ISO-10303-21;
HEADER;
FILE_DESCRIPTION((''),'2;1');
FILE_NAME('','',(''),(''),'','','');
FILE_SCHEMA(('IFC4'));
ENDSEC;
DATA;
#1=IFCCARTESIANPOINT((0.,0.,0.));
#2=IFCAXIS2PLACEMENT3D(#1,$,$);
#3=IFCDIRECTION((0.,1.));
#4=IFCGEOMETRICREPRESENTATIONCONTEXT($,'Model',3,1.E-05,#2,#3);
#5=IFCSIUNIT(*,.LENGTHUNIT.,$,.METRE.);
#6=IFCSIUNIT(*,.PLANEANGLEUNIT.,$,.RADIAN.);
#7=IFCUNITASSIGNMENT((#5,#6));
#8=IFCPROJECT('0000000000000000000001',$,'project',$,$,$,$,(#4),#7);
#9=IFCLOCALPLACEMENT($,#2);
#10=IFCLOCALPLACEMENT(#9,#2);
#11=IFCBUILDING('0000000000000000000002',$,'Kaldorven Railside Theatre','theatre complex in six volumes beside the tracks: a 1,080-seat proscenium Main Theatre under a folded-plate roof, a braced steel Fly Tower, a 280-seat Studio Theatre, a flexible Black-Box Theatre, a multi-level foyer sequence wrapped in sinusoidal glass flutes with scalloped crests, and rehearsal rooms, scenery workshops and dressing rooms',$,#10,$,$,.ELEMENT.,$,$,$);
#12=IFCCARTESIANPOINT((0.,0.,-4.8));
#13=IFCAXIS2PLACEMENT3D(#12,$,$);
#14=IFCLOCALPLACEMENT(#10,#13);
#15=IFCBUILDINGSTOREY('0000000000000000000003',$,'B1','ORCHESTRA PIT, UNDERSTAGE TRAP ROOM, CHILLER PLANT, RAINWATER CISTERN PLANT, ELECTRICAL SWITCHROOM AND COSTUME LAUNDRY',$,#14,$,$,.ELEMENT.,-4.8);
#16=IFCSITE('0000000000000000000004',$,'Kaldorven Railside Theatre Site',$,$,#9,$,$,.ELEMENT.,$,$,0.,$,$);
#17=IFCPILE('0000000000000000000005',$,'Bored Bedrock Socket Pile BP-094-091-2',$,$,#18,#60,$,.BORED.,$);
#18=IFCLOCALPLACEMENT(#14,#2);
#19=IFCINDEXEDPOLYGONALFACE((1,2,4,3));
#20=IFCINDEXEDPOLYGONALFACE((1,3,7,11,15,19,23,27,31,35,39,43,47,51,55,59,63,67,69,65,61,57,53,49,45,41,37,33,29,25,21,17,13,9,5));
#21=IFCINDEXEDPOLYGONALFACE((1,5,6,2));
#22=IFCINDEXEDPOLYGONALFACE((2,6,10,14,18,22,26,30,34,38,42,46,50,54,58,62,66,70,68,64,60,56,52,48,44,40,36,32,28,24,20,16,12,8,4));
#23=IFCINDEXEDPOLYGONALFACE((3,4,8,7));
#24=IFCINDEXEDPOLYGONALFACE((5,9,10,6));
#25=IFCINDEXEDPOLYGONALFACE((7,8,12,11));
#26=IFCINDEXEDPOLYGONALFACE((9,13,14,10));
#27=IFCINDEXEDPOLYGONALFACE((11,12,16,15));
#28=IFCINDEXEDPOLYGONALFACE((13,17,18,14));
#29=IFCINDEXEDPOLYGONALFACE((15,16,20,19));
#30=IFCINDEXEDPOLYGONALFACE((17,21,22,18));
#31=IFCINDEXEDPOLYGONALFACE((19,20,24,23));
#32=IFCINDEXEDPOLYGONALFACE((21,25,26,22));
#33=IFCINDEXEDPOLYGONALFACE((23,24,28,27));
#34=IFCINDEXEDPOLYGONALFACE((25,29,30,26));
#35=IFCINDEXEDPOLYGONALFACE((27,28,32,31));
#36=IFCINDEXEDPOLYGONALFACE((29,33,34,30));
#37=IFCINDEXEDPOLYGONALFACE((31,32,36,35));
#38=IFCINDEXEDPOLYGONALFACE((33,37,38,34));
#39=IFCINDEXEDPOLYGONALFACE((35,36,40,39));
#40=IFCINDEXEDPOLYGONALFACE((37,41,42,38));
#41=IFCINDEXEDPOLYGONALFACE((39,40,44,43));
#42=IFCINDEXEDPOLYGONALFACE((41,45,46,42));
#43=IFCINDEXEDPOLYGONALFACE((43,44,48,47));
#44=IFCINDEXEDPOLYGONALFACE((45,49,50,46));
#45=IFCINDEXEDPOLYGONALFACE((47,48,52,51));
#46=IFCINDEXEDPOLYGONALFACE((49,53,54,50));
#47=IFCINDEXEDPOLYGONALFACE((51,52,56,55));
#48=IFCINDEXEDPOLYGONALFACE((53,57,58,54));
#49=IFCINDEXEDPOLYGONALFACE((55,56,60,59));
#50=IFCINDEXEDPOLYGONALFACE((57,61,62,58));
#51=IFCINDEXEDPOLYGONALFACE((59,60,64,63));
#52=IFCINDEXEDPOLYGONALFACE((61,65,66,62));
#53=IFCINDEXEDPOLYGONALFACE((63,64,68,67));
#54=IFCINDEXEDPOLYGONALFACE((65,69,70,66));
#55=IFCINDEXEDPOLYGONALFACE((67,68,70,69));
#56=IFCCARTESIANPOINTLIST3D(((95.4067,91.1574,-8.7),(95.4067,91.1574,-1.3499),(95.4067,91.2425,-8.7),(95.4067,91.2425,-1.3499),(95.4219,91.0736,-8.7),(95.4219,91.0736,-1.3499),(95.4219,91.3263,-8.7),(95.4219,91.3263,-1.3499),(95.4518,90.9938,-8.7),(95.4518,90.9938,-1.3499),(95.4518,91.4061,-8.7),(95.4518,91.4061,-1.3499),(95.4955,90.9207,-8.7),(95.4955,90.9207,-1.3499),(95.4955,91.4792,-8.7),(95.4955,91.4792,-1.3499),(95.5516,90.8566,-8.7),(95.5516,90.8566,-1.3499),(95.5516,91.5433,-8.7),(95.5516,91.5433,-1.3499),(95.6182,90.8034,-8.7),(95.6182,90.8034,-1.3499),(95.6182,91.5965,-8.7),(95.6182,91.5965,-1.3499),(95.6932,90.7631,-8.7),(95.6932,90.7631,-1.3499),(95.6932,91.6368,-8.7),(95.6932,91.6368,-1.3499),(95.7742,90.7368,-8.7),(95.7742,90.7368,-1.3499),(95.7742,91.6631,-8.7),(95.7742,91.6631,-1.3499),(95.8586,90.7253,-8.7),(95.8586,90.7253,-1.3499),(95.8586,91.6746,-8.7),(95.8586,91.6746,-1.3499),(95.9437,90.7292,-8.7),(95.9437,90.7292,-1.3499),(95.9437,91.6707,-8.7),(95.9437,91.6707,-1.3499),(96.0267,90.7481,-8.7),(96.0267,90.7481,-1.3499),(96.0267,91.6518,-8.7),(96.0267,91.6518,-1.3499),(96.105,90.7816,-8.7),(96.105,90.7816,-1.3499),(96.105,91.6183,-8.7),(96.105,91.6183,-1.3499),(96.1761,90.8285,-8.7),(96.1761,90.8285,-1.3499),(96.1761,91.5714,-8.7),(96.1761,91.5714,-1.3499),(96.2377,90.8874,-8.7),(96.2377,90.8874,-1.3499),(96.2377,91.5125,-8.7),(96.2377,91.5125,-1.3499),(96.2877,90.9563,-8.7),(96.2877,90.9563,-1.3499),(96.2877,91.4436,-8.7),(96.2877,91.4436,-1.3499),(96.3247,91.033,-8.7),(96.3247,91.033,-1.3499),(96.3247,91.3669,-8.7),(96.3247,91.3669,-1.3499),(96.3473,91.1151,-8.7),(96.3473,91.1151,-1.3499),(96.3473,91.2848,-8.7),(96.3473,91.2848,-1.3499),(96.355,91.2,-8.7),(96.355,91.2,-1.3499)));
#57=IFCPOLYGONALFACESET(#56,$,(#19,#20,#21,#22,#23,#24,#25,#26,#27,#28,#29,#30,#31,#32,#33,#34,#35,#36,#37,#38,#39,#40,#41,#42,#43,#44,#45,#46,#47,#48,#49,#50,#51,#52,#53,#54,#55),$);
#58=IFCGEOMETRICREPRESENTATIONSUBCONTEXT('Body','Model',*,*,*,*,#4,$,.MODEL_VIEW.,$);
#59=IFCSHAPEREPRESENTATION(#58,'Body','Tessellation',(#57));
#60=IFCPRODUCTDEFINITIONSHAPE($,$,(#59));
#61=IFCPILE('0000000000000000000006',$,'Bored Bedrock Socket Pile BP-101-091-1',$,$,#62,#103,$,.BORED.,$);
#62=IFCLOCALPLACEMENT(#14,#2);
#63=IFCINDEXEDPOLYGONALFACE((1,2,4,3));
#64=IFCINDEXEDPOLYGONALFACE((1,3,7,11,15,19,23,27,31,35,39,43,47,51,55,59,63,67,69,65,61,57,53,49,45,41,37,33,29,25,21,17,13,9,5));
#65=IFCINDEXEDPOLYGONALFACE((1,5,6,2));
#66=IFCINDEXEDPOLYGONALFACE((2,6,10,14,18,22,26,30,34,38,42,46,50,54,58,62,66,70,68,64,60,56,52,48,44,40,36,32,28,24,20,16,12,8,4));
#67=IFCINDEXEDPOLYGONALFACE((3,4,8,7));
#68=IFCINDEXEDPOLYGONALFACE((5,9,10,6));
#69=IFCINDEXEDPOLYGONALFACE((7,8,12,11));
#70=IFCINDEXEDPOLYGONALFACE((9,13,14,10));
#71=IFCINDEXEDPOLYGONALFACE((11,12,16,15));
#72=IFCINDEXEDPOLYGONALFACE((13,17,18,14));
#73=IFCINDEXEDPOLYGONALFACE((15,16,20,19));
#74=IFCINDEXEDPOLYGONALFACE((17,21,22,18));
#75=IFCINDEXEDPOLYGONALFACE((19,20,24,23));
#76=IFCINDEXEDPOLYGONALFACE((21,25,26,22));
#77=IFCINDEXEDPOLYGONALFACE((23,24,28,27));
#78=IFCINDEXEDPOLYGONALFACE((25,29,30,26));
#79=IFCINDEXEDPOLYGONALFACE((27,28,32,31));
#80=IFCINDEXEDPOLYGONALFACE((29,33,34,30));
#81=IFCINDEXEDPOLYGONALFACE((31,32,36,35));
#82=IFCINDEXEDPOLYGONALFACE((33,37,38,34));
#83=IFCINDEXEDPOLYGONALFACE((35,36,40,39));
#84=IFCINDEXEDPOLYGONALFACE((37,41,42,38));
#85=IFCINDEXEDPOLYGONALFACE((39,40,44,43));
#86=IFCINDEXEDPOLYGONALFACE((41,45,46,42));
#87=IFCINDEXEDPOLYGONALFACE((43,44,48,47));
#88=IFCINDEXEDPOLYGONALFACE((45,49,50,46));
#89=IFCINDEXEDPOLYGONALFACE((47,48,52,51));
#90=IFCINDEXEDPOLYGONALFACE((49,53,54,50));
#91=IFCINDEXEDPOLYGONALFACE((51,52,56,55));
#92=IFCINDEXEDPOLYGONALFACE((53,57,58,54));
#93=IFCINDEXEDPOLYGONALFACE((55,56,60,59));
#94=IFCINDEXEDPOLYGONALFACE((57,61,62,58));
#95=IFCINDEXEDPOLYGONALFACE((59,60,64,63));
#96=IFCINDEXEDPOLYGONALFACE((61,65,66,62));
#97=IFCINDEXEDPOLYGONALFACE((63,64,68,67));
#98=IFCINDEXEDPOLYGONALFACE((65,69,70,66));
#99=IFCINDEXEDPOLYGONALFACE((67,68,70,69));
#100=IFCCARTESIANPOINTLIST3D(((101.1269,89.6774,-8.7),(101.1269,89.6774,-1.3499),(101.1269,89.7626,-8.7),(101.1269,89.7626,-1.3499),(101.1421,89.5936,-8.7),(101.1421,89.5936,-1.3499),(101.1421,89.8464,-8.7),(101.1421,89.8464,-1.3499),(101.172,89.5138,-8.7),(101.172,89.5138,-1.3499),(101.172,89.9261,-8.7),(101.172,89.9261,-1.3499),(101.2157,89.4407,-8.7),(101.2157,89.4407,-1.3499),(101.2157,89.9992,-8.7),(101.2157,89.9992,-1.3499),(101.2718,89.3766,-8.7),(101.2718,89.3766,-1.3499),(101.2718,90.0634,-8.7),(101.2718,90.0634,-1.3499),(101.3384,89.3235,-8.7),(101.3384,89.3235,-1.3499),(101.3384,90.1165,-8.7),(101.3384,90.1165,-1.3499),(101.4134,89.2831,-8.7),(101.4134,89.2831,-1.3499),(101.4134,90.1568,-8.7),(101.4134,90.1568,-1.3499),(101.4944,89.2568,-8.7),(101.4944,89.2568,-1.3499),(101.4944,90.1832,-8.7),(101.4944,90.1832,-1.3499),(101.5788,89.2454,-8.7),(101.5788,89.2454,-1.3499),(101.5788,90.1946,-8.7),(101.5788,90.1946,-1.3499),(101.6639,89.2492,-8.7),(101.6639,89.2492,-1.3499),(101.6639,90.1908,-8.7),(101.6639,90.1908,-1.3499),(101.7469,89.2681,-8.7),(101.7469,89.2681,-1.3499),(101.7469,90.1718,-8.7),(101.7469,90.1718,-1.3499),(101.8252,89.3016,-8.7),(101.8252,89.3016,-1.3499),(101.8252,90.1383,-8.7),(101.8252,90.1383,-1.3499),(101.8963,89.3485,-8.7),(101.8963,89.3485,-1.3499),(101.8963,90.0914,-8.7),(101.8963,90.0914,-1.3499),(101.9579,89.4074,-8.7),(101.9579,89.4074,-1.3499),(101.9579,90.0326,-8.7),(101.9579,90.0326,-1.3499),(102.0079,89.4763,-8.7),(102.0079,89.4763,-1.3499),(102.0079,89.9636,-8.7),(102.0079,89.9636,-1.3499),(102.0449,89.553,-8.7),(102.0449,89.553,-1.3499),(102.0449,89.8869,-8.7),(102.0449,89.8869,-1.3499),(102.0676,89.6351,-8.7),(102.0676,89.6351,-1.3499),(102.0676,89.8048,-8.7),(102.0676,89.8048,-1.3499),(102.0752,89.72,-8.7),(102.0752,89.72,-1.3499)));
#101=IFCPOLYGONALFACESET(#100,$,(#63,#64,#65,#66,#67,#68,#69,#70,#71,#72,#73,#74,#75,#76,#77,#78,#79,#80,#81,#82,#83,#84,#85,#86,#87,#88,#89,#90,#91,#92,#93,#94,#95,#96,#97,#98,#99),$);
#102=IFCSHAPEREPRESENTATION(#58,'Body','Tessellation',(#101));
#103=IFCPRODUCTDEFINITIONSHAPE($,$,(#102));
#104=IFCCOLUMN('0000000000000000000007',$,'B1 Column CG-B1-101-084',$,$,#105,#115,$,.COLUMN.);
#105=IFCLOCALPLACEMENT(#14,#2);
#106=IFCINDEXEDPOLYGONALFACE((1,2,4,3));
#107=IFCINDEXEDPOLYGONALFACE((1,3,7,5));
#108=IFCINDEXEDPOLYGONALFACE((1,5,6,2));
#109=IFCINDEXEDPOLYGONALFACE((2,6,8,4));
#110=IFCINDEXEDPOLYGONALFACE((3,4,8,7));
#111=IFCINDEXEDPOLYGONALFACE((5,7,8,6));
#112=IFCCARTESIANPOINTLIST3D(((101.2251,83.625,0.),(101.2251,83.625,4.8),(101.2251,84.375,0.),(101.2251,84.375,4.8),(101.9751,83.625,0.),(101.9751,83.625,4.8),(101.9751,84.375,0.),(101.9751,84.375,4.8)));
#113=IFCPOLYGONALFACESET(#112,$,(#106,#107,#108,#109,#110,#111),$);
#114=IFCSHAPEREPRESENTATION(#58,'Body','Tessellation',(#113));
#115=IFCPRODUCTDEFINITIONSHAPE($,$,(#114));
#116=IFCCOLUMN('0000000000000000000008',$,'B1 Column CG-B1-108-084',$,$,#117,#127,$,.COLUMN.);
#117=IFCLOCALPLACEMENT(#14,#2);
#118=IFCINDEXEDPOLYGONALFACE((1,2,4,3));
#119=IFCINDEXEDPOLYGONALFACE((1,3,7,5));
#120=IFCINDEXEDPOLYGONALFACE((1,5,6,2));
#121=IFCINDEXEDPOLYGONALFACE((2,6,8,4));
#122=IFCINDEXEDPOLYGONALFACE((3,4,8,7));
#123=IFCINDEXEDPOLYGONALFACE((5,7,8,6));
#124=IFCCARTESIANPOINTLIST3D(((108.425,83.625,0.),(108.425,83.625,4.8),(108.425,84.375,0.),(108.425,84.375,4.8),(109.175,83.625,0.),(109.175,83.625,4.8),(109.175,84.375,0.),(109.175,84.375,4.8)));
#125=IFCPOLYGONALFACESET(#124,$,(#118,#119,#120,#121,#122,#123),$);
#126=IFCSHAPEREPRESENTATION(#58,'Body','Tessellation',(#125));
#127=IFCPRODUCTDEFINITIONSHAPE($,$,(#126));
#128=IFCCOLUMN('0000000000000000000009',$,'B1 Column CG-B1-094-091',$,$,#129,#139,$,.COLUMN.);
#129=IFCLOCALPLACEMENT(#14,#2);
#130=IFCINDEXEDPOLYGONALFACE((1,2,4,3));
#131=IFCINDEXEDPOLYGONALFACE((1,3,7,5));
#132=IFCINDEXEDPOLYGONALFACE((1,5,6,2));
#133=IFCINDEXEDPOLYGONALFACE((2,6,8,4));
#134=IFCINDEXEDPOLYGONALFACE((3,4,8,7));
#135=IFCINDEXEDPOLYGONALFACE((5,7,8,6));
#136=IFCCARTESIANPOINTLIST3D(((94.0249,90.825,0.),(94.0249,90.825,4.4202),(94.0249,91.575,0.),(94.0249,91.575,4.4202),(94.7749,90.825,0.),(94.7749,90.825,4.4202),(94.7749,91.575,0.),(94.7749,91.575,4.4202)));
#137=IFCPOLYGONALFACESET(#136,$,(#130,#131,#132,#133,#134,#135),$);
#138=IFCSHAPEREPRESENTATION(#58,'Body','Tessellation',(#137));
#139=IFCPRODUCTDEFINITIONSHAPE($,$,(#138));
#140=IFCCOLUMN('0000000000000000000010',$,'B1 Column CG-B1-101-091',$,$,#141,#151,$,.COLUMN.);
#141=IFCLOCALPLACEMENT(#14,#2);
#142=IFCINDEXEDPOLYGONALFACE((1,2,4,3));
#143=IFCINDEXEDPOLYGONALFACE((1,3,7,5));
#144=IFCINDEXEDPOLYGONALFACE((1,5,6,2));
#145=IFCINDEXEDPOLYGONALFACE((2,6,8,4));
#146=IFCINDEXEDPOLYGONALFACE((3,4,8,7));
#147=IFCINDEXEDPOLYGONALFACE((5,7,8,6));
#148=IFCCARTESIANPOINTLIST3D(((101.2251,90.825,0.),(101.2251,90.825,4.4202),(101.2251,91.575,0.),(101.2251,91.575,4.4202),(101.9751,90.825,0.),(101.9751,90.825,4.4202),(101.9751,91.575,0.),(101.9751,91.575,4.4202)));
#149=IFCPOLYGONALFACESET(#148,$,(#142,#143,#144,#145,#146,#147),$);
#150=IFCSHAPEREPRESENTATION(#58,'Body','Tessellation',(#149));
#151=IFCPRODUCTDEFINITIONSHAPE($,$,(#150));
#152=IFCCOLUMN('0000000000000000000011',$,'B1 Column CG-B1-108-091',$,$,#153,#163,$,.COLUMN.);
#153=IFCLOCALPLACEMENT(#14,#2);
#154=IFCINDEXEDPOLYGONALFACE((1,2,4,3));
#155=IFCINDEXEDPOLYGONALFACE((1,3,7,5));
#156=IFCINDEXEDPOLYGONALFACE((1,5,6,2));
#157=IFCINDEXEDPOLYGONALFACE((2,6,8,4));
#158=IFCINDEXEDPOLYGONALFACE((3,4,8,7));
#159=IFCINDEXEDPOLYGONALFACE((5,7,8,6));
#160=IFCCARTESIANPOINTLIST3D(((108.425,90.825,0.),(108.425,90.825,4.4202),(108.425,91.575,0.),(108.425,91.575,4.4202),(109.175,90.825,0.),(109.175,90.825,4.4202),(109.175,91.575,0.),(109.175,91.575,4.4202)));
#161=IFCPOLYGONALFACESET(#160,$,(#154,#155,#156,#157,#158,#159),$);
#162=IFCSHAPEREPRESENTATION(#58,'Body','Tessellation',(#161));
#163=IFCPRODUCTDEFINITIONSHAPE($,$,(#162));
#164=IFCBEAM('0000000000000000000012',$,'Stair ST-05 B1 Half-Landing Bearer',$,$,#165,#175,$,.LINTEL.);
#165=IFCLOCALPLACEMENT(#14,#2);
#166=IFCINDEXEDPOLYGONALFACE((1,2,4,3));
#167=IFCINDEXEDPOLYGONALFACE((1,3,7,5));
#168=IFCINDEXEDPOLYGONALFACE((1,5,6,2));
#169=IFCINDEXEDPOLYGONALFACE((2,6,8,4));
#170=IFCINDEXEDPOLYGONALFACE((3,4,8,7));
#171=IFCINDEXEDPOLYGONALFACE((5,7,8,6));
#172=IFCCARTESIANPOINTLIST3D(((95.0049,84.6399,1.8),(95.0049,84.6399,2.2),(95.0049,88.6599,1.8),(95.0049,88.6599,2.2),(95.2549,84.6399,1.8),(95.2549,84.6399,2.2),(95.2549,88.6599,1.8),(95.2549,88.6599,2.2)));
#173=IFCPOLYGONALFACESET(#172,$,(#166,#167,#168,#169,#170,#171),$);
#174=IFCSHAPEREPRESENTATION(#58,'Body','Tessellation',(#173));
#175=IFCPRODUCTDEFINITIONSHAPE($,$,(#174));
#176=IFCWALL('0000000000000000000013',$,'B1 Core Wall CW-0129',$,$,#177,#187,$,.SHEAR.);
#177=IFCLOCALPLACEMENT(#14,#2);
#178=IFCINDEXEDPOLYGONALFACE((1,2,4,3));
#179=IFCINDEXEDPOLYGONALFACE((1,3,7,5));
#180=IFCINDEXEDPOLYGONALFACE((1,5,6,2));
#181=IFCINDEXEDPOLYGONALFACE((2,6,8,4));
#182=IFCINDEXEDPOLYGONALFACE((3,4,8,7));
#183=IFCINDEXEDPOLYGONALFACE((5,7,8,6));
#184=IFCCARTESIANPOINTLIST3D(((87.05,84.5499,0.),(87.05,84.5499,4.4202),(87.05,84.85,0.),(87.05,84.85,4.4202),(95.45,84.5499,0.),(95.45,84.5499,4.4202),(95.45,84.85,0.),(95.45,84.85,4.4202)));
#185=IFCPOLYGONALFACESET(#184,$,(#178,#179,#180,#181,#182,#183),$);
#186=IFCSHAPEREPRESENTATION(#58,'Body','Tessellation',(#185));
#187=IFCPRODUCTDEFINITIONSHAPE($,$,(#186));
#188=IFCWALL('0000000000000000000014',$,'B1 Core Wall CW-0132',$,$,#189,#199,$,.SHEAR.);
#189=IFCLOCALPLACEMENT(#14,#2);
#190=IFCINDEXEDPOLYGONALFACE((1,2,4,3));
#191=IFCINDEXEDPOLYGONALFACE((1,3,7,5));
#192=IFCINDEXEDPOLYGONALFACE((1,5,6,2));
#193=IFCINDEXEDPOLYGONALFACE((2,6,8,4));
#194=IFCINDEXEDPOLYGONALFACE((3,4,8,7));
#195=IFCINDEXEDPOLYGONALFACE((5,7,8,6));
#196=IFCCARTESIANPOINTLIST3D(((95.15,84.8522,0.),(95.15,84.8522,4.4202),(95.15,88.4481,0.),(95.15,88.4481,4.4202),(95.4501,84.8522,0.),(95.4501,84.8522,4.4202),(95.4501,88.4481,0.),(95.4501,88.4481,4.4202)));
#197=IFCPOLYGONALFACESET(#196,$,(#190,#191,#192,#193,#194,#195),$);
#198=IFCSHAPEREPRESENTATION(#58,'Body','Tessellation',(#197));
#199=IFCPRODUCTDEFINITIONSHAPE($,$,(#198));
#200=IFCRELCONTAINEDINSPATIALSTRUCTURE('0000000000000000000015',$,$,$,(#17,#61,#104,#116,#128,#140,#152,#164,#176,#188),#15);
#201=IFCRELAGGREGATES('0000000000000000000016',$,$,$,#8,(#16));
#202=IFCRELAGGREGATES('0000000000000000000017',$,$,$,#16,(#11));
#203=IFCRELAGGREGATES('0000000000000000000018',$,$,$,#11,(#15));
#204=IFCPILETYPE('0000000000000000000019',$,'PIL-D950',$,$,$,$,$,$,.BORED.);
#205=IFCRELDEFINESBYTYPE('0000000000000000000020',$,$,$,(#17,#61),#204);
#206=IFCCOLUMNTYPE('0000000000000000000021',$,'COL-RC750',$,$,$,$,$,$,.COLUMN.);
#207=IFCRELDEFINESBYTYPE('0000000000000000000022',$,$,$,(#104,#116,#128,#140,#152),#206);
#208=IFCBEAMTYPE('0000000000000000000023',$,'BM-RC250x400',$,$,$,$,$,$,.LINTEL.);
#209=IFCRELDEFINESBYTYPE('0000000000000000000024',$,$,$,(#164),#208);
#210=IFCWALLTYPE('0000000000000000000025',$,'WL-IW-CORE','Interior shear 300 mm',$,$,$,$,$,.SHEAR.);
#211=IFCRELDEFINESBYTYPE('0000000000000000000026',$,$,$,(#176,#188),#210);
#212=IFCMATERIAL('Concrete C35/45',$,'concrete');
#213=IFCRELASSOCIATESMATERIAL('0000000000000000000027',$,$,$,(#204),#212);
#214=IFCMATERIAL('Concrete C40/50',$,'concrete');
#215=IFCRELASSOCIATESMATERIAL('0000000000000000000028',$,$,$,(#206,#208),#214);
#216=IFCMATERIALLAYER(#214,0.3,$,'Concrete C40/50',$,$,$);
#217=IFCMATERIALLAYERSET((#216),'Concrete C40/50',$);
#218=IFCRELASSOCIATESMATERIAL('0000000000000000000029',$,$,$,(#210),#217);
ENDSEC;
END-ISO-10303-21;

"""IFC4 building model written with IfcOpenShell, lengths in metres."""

from ifc_helpers import new_model, si_unit, direction, frame, frame_2d, origin, origin_2d, place, context, subcontext, project, spatial, rectangle, circle, extrude, material, layer, layer_set, material_profile, profile_set, type_object, element, save


model = new_model("IFC4")

# Units and contexts
model_context = context("Model", 3, precision=1e-05, world=origin(), true_north=direction((0.0, 1.0)))
body_context = subcontext(model_context, "Body", "Model", "MODEL_VIEW")
ifc_project = project(units=[si_unit("LENGTHUNIT", "METRE"), si_unit("PLANEANGLEUNIT", "RADIAN")], contexts=[model_context])

# Site, building, storey
site_placement = place(None, origin())
site = spatial("IfcSite", under=ifc_project, at=site_placement, Name="Kaldorven Railside Theatre Site", CompositionType="ELEMENT", RefElevation=0.0)
building_placement = place(site_placement, origin())
building = spatial("IfcBuilding", under=site, at=building_placement, Name="Kaldorven Railside Theatre", Description="theatre complex in six volumes beside the tracks: a 1,080-seat proscenium Main Theatre under a folded-plate roof, a braced steel Fly Tower, a 280-seat Studio Theatre, a flexible Black-Box Theatre, a multi-level foyer sequence wrapped in sinusoidal glass flutes with scalloped crests, and rehearsal rooms, scenery workshops and dressing rooms", CompositionType="ELEMENT")
storey_placement = place(building_placement, frame((0.0, 0.0, -4.8)))
storey = spatial("IfcBuildingStorey", under=building, at=storey_placement, Name="B1", Description="ORCHESTRA PIT, UNDERSTAGE TRAP ROOM, CHILLER PLANT, RAINWATER CISTERN PLANT, ELECTRICAL SWITCHROOM AND COSTUME LAUNDRY", CompositionType="ELEMENT", Elevation=-4.8)

# Shared definitions
ifc_material_1 = material(Name="Concrete C40/50", Category="concrete")

# Piles
ifc_material_2 = material(Name="Concrete C35/45", Category="concrete")
ifc_material_profile_1 = material_profile(ifc_material_2, circle(Radius=0.4751, at=origin_2d()), Name="BP D950")
ifc_profile_set_1 = profile_set([ifc_material_profile_1], Name="Concrete C35/45")
pile_type_1 = type_object("IfcPileType", Name="PIL-D950", PredefinedType="BORED", material=ifc_profile_set_1)
for number, where, z_axis, x_axis, name in (
    (1, (95.8799, 91.2, -1.3499), (0.0, 0.0, -1.0), (1.0, 0.0, 0.0), "Bored Bedrock Socket Pile BP-094-091-2"),
    (2, (101.6001, 89.72, -1.3499), (0.0, 0.0, -1.0), (1.0, 0.0, 0.0), "Bored Bedrock Socket Pile BP-101-091-1"),
):
    element("IfcPile", number, at=place(storey_placement, frame(where, z_axis=z_axis, x_axis=x_axis)), inside=storey, type_object=pile_type_1, Name=name, PredefinedType="BORED", context=body_context, shape_type="SweptSolid", body=[
        extrude(circle(Radius=0.4751, at=origin_2d()), origin(), (0.0, 0.0, 1.0), 7.3501),
    ])

# Columns
ifc_material_profile_2 = material_profile(ifc_material_1, rectangle(XDim=0.75, YDim=0.75, at=origin_2d()), Name="RC 750x750")
ifc_profile_set_2 = profile_set([ifc_material_profile_2], Name="Concrete C40/50")
column_type = type_object("IfcColumnType", Name="COL-RC750", PredefinedType="COLUMN", material=ifc_profile_set_2)
for number, where, z_axis, x_axis, name in (
    (3, (101.6001, 84.0, 0.0), (0.0, 0.0, 1.0), (0.0, 1.0, 0.0), "B1 Column CG-B1-101-084"),
    (4, (108.8, 84.0, 0.0), (0.0, 0.0, 1.0), (1.0, 0.0, 0.0), "B1 Column CG-B1-108-084"),
):
    element("IfcColumn", number, at=place(storey_placement, frame(where, z_axis=z_axis, x_axis=x_axis)), inside=storey, type_object=column_type, Name=name, PredefinedType="COLUMN", context=body_context, shape_type="SweptSolid", body=[
        extrude(rectangle(XDim=0.75, YDim=0.75, at=origin_2d()), origin(), (0.0, 0.0, 1.0), 4.8),
    ])
for number, where, z_axis, x_axis, name in (
    (5, (94.3999, 91.2, 0.0), (0.0, 0.0, 1.0), (0.0, 1.0, 0.0), "B1 Column CG-B1-094-091"),
    (6, (101.6001, 91.2, 0.0), (0.0, 0.0, 1.0), (1.0, 0.0, 0.0), "B1 Column CG-B1-101-091"),
    (7, (108.8, 91.2, 0.0), (0.0, 0.0, 1.0), (1.0, 0.0, 0.0), "B1 Column CG-B1-108-091"),
):
    element("IfcColumn", number, at=place(storey_placement, frame(where, z_axis=z_axis, x_axis=x_axis)), inside=storey, type_object=column_type, Name=name, PredefinedType="COLUMN", context=body_context, shape_type="SweptSolid", body=[
        extrude(rectangle(XDim=0.75, YDim=0.75, at=origin_2d()), origin(), (0.0, 0.0, 1.0), 4.4202),
    ])

# Beam
ifc_material_profile_3 = material_profile(ifc_material_1, rectangle(XDim=0.25, YDim=0.3999, at=origin_2d()), Name="RC 250x400")
ifc_profile_set_3 = profile_set([ifc_material_profile_3], Name="Concrete C40/50")
beam_type = type_object("IfcBeamType", Name="BM-RC250x400", PredefinedType="LINTEL", material=ifc_profile_set_3)
beam_placement = place(storey_placement, frame((95.1299, 84.6399, 2.0), z_axis=(0.0, 1.0, 0.0), x_axis=(-1.0, 0.0, 0.0)))
element("IfcBeam", 8, at=beam_placement, inside=storey, type_object=beam_type, Name="Stair ST-05 B1 Half-Landing Bearer", PredefinedType="LINTEL", context=body_context, shape_type="SweptSolid", body=[
    extrude(rectangle(XDim=0.25, YDim=0.3999, at=origin_2d()), origin(), (0.0, 0.0, 1.0), 4.02),
])

# Walls
ifc_layer_1 = layer(ifc_material_1, 0.3, Name="Concrete C40/50")
ifc_layer_set_1 = layer_set([ifc_layer_1], Name="Concrete C40/50")
wall_type_1 = type_object("IfcWallType", Name="WL-IW-CORE", Description="Interior shear 300 mm", PredefinedType="SHEAR", material=ifc_layer_set_1)
wall_1_placement = place(storey_placement, frame((95.45, 84.7, 0.0), z_axis=(0.0, 0.0, 1.0), x_axis=(-1.0, 0.0, 0.0)))
element("IfcWall", 9, at=wall_1_placement, inside=storey, type_object=wall_type_1, Name="B1 Core Wall CW-0129", PredefinedType="SHEAR", context=body_context, shape_type="SweptSolid", body=[
    extrude(rectangle(XDim=8.3999, YDim=0.3, at=frame_2d((4.2, 0.0))), origin(), (0.0, 0.0, 1.0), 4.4202),
])
wall_2_placement = place(storey_placement, frame((95.3, 88.448, 0.0), z_axis=(0.0, 0.0, 1.0), x_axis=(0.0, -1.0, 0.0)))
element("IfcWall", 10, at=wall_2_placement, inside=storey, type_object=wall_type_1, Name="B1 Core Wall CW-0132", PredefinedType="SHEAR", context=body_context, shape_type="SweptSolid", body=[
    extrude(rectangle(XDim=3.5959, YDim=0.3, at=frame_2d((1.7979, 0.0))), origin(), (0.0, 0.0, 1.0), 4.4202),
])

save(model, "model.ifc")
